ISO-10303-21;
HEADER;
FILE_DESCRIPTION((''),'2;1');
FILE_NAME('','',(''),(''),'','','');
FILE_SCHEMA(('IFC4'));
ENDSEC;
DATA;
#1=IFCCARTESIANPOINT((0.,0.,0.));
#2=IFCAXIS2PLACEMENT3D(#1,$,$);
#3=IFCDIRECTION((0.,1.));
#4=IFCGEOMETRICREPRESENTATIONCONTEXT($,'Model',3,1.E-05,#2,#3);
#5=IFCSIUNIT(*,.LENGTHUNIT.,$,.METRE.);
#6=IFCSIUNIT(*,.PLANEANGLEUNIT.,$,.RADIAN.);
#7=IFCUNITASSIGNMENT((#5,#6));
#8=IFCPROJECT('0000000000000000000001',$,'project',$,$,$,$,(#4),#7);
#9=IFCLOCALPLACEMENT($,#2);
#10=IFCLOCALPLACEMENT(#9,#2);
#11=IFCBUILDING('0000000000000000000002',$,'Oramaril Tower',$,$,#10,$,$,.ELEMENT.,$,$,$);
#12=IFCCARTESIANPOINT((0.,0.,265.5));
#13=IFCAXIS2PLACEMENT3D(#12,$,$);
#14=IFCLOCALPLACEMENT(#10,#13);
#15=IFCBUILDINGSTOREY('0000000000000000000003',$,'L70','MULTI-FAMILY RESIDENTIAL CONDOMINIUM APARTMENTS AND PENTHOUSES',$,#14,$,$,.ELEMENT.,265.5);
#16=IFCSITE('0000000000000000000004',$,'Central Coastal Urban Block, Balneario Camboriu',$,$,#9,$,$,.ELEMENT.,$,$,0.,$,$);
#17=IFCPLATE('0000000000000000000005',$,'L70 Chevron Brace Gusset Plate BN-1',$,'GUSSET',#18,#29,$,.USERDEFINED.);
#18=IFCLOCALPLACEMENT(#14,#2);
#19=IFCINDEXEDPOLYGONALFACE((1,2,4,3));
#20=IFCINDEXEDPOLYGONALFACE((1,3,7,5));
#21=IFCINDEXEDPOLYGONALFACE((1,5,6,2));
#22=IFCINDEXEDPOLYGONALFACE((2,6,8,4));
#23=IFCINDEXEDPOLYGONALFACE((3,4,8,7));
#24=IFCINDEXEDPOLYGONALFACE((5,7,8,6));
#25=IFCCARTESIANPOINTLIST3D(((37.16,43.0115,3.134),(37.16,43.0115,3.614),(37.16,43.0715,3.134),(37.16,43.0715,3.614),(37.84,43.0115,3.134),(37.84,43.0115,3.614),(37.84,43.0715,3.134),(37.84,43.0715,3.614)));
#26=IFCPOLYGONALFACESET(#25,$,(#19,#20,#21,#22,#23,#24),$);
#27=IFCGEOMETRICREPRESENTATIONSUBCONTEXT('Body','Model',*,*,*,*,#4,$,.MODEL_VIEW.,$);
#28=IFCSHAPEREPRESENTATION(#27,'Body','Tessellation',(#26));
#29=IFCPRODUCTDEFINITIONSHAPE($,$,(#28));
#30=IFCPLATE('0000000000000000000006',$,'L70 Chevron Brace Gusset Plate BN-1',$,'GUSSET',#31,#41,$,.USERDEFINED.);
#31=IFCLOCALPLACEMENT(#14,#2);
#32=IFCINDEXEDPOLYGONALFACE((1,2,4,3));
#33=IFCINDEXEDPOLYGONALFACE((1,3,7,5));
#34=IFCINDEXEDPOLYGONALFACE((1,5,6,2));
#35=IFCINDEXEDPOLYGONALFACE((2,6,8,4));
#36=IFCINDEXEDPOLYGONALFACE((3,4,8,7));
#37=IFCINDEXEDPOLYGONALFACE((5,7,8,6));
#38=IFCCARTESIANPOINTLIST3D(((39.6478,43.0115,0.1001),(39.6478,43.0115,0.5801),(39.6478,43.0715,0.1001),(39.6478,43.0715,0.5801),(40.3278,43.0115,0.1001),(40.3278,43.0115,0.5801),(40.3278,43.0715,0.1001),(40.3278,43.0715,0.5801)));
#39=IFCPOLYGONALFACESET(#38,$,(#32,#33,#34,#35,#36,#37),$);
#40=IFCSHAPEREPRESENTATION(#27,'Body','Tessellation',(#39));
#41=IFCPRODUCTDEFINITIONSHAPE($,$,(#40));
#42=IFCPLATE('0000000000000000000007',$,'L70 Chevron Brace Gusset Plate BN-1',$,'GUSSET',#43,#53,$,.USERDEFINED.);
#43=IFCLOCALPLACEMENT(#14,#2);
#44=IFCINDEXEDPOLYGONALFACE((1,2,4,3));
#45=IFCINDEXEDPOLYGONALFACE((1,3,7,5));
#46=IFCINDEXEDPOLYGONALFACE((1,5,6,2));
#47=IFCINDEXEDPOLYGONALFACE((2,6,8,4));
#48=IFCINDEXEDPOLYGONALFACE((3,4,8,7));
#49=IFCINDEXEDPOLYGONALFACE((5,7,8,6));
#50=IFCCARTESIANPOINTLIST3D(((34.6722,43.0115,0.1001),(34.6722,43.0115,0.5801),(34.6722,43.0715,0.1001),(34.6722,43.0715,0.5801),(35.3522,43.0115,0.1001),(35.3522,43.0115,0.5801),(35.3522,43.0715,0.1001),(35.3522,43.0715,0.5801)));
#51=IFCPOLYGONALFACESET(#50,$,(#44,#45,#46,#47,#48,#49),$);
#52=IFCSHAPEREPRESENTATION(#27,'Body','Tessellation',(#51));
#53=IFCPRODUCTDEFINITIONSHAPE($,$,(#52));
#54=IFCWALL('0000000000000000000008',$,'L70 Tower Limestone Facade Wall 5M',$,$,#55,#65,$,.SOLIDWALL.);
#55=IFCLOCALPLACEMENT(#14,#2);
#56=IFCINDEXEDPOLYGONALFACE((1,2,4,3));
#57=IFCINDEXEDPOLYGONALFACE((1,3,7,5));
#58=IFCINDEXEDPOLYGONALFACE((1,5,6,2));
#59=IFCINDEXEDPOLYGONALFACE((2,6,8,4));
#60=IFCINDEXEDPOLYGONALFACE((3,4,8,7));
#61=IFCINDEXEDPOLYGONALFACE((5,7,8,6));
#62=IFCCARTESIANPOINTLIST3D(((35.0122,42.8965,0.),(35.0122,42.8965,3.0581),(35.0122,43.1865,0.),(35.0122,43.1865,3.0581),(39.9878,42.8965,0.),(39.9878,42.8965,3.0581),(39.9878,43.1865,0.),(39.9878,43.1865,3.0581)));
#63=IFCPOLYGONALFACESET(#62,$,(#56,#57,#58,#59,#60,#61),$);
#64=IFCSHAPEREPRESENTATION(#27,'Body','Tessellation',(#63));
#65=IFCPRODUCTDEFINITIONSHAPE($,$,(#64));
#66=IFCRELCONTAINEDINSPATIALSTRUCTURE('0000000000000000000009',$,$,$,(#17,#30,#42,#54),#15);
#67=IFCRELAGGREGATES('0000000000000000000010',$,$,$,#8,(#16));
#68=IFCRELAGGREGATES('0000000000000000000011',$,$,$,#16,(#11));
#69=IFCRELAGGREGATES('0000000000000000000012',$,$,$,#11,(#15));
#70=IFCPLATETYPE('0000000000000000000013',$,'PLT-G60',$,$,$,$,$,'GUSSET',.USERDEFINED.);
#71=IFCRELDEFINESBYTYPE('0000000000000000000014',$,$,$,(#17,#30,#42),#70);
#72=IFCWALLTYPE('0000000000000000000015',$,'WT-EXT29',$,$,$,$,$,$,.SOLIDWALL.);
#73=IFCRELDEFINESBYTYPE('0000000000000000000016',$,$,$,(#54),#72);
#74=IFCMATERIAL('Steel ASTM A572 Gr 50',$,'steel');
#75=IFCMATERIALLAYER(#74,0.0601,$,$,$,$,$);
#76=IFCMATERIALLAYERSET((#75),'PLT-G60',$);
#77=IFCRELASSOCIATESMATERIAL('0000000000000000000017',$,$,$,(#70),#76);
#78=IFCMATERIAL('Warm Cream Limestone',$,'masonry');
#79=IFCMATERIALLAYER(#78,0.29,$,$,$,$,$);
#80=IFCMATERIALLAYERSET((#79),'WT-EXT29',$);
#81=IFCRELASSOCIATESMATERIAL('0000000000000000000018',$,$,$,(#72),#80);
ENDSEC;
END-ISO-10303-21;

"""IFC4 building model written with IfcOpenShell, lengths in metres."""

from ifc_helpers import new_model, si_unit, direction, frame, frame_2d, origin, origin_2d, place, context, subcontext, project, spatial, rectangle, extrude, material, layer, layer_set, type_object, element, save


model = new_model("IFC4")

# Units and contexts
model_context = context("Model", 3, precision=1e-05, world=origin(), true_north=direction((0.0, 1.0)))
body_context = subcontext(model_context, "Body", "Model", "MODEL_VIEW")
ifc_project = project(units=[si_unit("LENGTHUNIT", "METRE"), si_unit("PLANEANGLEUNIT", "RADIAN")], contexts=[model_context])

# Site, building, storey
site_placement = place(None, origin())
site = spatial("IfcSite", under=ifc_project, at=site_placement, Name="Central Coastal Urban Block, Balneario Camboriu", CompositionType="ELEMENT", RefElevation=0.0)
building_placement = place(site_placement, origin())
building = spatial("IfcBuilding", under=site, at=building_placement, Name="Oramaril Tower", CompositionType="ELEMENT")
storey_placement = place(building_placement, frame((0.0, 0.0, 265.5)))
storey = spatial("IfcBuildingStorey", under=building, at=storey_placement, Name="L70", Description="MULTI-FAMILY RESIDENTIAL CONDOMINIUM APARTMENTS AND PENTHOUSES", CompositionType="ELEMENT", Elevation=265.5)

# Plates
ifc_material_1 = material(Name="Steel ASTM A572 Gr 50", Category="steel")
ifc_layer_1 = layer(ifc_material_1, 0.0601)
ifc_layer_set_1 = layer_set([ifc_layer_1], Name="PLT-G60")
plate_type = type_object("IfcPlateType", Name="PLT-G60", ElementType="GUSSET", PredefinedType="USERDEFINED", material=ifc_layer_set_1)
for number, where, z_axis, x_axis, name in (
    (1, (37.5, 43.0415, 3.134), (0.0, 0.0, 1.0), (-1.0, 0.0, 0.0), "L70 Chevron Brace Gusset Plate BN-1"),
    (2, (39.9878, 43.0415, 0.1001), (0.0, 0.0, 1.0), (-1.0, 0.0, 0.0), "L70 Chevron Brace Gusset Plate BN-1"),
    (3, (35.0122, 43.0415, 0.1001), (0.0, 0.0, 1.0), (-1.0, 0.0, 0.0), "L70 Chevron Brace Gusset Plate BN-1"),
):
    element("IfcPlate", number, at=place(storey_placement, frame(where, z_axis=z_axis, x_axis=x_axis)), inside=storey, type_object=plate_type, Name=name, ObjectType="GUSSET", PredefinedType="USERDEFINED", context=body_context, shape_type="SweptSolid", body=[
        extrude(rectangle(XDim=0.6799, YDim=0.0601, at=origin_2d()), origin(), (0.0, 0.0, 1.0), 0.48),
    ])

# Wall
ifc_material_2 = material(Name="Warm Cream Limestone", Category="masonry")
ifc_layer_2 = layer(ifc_material_2, 0.29)
ifc_layer_set_2 = layer_set([ifc_layer_2], Name="WT-EXT29")
wall_type_1 = type_object("IfcWallType", Name="WT-EXT29", PredefinedType="SOLIDWALL", material=ifc_layer_set_2)
wall_1_placement = place(storey_placement, frame((39.9878, 43.0415, 0.0), z_axis=(0.0, 0.0, 1.0), x_axis=(-1.0, 0.0, 0.0)))
element("IfcWall", 4, at=wall_1_placement, inside=storey, type_object=wall_type_1, Name="L70 Tower Limestone Facade Wall 5M", PredefinedType="SOLIDWALL", context=body_context, shape_type="SweptSolid", body=[
    extrude(rectangle(XDim=4.9756, YDim=0.29, at=frame_2d((2.4878, 0.0))), origin(), (0.0, 0.0, 1.0), 3.0581),
])

save(model, "model.ifc")
